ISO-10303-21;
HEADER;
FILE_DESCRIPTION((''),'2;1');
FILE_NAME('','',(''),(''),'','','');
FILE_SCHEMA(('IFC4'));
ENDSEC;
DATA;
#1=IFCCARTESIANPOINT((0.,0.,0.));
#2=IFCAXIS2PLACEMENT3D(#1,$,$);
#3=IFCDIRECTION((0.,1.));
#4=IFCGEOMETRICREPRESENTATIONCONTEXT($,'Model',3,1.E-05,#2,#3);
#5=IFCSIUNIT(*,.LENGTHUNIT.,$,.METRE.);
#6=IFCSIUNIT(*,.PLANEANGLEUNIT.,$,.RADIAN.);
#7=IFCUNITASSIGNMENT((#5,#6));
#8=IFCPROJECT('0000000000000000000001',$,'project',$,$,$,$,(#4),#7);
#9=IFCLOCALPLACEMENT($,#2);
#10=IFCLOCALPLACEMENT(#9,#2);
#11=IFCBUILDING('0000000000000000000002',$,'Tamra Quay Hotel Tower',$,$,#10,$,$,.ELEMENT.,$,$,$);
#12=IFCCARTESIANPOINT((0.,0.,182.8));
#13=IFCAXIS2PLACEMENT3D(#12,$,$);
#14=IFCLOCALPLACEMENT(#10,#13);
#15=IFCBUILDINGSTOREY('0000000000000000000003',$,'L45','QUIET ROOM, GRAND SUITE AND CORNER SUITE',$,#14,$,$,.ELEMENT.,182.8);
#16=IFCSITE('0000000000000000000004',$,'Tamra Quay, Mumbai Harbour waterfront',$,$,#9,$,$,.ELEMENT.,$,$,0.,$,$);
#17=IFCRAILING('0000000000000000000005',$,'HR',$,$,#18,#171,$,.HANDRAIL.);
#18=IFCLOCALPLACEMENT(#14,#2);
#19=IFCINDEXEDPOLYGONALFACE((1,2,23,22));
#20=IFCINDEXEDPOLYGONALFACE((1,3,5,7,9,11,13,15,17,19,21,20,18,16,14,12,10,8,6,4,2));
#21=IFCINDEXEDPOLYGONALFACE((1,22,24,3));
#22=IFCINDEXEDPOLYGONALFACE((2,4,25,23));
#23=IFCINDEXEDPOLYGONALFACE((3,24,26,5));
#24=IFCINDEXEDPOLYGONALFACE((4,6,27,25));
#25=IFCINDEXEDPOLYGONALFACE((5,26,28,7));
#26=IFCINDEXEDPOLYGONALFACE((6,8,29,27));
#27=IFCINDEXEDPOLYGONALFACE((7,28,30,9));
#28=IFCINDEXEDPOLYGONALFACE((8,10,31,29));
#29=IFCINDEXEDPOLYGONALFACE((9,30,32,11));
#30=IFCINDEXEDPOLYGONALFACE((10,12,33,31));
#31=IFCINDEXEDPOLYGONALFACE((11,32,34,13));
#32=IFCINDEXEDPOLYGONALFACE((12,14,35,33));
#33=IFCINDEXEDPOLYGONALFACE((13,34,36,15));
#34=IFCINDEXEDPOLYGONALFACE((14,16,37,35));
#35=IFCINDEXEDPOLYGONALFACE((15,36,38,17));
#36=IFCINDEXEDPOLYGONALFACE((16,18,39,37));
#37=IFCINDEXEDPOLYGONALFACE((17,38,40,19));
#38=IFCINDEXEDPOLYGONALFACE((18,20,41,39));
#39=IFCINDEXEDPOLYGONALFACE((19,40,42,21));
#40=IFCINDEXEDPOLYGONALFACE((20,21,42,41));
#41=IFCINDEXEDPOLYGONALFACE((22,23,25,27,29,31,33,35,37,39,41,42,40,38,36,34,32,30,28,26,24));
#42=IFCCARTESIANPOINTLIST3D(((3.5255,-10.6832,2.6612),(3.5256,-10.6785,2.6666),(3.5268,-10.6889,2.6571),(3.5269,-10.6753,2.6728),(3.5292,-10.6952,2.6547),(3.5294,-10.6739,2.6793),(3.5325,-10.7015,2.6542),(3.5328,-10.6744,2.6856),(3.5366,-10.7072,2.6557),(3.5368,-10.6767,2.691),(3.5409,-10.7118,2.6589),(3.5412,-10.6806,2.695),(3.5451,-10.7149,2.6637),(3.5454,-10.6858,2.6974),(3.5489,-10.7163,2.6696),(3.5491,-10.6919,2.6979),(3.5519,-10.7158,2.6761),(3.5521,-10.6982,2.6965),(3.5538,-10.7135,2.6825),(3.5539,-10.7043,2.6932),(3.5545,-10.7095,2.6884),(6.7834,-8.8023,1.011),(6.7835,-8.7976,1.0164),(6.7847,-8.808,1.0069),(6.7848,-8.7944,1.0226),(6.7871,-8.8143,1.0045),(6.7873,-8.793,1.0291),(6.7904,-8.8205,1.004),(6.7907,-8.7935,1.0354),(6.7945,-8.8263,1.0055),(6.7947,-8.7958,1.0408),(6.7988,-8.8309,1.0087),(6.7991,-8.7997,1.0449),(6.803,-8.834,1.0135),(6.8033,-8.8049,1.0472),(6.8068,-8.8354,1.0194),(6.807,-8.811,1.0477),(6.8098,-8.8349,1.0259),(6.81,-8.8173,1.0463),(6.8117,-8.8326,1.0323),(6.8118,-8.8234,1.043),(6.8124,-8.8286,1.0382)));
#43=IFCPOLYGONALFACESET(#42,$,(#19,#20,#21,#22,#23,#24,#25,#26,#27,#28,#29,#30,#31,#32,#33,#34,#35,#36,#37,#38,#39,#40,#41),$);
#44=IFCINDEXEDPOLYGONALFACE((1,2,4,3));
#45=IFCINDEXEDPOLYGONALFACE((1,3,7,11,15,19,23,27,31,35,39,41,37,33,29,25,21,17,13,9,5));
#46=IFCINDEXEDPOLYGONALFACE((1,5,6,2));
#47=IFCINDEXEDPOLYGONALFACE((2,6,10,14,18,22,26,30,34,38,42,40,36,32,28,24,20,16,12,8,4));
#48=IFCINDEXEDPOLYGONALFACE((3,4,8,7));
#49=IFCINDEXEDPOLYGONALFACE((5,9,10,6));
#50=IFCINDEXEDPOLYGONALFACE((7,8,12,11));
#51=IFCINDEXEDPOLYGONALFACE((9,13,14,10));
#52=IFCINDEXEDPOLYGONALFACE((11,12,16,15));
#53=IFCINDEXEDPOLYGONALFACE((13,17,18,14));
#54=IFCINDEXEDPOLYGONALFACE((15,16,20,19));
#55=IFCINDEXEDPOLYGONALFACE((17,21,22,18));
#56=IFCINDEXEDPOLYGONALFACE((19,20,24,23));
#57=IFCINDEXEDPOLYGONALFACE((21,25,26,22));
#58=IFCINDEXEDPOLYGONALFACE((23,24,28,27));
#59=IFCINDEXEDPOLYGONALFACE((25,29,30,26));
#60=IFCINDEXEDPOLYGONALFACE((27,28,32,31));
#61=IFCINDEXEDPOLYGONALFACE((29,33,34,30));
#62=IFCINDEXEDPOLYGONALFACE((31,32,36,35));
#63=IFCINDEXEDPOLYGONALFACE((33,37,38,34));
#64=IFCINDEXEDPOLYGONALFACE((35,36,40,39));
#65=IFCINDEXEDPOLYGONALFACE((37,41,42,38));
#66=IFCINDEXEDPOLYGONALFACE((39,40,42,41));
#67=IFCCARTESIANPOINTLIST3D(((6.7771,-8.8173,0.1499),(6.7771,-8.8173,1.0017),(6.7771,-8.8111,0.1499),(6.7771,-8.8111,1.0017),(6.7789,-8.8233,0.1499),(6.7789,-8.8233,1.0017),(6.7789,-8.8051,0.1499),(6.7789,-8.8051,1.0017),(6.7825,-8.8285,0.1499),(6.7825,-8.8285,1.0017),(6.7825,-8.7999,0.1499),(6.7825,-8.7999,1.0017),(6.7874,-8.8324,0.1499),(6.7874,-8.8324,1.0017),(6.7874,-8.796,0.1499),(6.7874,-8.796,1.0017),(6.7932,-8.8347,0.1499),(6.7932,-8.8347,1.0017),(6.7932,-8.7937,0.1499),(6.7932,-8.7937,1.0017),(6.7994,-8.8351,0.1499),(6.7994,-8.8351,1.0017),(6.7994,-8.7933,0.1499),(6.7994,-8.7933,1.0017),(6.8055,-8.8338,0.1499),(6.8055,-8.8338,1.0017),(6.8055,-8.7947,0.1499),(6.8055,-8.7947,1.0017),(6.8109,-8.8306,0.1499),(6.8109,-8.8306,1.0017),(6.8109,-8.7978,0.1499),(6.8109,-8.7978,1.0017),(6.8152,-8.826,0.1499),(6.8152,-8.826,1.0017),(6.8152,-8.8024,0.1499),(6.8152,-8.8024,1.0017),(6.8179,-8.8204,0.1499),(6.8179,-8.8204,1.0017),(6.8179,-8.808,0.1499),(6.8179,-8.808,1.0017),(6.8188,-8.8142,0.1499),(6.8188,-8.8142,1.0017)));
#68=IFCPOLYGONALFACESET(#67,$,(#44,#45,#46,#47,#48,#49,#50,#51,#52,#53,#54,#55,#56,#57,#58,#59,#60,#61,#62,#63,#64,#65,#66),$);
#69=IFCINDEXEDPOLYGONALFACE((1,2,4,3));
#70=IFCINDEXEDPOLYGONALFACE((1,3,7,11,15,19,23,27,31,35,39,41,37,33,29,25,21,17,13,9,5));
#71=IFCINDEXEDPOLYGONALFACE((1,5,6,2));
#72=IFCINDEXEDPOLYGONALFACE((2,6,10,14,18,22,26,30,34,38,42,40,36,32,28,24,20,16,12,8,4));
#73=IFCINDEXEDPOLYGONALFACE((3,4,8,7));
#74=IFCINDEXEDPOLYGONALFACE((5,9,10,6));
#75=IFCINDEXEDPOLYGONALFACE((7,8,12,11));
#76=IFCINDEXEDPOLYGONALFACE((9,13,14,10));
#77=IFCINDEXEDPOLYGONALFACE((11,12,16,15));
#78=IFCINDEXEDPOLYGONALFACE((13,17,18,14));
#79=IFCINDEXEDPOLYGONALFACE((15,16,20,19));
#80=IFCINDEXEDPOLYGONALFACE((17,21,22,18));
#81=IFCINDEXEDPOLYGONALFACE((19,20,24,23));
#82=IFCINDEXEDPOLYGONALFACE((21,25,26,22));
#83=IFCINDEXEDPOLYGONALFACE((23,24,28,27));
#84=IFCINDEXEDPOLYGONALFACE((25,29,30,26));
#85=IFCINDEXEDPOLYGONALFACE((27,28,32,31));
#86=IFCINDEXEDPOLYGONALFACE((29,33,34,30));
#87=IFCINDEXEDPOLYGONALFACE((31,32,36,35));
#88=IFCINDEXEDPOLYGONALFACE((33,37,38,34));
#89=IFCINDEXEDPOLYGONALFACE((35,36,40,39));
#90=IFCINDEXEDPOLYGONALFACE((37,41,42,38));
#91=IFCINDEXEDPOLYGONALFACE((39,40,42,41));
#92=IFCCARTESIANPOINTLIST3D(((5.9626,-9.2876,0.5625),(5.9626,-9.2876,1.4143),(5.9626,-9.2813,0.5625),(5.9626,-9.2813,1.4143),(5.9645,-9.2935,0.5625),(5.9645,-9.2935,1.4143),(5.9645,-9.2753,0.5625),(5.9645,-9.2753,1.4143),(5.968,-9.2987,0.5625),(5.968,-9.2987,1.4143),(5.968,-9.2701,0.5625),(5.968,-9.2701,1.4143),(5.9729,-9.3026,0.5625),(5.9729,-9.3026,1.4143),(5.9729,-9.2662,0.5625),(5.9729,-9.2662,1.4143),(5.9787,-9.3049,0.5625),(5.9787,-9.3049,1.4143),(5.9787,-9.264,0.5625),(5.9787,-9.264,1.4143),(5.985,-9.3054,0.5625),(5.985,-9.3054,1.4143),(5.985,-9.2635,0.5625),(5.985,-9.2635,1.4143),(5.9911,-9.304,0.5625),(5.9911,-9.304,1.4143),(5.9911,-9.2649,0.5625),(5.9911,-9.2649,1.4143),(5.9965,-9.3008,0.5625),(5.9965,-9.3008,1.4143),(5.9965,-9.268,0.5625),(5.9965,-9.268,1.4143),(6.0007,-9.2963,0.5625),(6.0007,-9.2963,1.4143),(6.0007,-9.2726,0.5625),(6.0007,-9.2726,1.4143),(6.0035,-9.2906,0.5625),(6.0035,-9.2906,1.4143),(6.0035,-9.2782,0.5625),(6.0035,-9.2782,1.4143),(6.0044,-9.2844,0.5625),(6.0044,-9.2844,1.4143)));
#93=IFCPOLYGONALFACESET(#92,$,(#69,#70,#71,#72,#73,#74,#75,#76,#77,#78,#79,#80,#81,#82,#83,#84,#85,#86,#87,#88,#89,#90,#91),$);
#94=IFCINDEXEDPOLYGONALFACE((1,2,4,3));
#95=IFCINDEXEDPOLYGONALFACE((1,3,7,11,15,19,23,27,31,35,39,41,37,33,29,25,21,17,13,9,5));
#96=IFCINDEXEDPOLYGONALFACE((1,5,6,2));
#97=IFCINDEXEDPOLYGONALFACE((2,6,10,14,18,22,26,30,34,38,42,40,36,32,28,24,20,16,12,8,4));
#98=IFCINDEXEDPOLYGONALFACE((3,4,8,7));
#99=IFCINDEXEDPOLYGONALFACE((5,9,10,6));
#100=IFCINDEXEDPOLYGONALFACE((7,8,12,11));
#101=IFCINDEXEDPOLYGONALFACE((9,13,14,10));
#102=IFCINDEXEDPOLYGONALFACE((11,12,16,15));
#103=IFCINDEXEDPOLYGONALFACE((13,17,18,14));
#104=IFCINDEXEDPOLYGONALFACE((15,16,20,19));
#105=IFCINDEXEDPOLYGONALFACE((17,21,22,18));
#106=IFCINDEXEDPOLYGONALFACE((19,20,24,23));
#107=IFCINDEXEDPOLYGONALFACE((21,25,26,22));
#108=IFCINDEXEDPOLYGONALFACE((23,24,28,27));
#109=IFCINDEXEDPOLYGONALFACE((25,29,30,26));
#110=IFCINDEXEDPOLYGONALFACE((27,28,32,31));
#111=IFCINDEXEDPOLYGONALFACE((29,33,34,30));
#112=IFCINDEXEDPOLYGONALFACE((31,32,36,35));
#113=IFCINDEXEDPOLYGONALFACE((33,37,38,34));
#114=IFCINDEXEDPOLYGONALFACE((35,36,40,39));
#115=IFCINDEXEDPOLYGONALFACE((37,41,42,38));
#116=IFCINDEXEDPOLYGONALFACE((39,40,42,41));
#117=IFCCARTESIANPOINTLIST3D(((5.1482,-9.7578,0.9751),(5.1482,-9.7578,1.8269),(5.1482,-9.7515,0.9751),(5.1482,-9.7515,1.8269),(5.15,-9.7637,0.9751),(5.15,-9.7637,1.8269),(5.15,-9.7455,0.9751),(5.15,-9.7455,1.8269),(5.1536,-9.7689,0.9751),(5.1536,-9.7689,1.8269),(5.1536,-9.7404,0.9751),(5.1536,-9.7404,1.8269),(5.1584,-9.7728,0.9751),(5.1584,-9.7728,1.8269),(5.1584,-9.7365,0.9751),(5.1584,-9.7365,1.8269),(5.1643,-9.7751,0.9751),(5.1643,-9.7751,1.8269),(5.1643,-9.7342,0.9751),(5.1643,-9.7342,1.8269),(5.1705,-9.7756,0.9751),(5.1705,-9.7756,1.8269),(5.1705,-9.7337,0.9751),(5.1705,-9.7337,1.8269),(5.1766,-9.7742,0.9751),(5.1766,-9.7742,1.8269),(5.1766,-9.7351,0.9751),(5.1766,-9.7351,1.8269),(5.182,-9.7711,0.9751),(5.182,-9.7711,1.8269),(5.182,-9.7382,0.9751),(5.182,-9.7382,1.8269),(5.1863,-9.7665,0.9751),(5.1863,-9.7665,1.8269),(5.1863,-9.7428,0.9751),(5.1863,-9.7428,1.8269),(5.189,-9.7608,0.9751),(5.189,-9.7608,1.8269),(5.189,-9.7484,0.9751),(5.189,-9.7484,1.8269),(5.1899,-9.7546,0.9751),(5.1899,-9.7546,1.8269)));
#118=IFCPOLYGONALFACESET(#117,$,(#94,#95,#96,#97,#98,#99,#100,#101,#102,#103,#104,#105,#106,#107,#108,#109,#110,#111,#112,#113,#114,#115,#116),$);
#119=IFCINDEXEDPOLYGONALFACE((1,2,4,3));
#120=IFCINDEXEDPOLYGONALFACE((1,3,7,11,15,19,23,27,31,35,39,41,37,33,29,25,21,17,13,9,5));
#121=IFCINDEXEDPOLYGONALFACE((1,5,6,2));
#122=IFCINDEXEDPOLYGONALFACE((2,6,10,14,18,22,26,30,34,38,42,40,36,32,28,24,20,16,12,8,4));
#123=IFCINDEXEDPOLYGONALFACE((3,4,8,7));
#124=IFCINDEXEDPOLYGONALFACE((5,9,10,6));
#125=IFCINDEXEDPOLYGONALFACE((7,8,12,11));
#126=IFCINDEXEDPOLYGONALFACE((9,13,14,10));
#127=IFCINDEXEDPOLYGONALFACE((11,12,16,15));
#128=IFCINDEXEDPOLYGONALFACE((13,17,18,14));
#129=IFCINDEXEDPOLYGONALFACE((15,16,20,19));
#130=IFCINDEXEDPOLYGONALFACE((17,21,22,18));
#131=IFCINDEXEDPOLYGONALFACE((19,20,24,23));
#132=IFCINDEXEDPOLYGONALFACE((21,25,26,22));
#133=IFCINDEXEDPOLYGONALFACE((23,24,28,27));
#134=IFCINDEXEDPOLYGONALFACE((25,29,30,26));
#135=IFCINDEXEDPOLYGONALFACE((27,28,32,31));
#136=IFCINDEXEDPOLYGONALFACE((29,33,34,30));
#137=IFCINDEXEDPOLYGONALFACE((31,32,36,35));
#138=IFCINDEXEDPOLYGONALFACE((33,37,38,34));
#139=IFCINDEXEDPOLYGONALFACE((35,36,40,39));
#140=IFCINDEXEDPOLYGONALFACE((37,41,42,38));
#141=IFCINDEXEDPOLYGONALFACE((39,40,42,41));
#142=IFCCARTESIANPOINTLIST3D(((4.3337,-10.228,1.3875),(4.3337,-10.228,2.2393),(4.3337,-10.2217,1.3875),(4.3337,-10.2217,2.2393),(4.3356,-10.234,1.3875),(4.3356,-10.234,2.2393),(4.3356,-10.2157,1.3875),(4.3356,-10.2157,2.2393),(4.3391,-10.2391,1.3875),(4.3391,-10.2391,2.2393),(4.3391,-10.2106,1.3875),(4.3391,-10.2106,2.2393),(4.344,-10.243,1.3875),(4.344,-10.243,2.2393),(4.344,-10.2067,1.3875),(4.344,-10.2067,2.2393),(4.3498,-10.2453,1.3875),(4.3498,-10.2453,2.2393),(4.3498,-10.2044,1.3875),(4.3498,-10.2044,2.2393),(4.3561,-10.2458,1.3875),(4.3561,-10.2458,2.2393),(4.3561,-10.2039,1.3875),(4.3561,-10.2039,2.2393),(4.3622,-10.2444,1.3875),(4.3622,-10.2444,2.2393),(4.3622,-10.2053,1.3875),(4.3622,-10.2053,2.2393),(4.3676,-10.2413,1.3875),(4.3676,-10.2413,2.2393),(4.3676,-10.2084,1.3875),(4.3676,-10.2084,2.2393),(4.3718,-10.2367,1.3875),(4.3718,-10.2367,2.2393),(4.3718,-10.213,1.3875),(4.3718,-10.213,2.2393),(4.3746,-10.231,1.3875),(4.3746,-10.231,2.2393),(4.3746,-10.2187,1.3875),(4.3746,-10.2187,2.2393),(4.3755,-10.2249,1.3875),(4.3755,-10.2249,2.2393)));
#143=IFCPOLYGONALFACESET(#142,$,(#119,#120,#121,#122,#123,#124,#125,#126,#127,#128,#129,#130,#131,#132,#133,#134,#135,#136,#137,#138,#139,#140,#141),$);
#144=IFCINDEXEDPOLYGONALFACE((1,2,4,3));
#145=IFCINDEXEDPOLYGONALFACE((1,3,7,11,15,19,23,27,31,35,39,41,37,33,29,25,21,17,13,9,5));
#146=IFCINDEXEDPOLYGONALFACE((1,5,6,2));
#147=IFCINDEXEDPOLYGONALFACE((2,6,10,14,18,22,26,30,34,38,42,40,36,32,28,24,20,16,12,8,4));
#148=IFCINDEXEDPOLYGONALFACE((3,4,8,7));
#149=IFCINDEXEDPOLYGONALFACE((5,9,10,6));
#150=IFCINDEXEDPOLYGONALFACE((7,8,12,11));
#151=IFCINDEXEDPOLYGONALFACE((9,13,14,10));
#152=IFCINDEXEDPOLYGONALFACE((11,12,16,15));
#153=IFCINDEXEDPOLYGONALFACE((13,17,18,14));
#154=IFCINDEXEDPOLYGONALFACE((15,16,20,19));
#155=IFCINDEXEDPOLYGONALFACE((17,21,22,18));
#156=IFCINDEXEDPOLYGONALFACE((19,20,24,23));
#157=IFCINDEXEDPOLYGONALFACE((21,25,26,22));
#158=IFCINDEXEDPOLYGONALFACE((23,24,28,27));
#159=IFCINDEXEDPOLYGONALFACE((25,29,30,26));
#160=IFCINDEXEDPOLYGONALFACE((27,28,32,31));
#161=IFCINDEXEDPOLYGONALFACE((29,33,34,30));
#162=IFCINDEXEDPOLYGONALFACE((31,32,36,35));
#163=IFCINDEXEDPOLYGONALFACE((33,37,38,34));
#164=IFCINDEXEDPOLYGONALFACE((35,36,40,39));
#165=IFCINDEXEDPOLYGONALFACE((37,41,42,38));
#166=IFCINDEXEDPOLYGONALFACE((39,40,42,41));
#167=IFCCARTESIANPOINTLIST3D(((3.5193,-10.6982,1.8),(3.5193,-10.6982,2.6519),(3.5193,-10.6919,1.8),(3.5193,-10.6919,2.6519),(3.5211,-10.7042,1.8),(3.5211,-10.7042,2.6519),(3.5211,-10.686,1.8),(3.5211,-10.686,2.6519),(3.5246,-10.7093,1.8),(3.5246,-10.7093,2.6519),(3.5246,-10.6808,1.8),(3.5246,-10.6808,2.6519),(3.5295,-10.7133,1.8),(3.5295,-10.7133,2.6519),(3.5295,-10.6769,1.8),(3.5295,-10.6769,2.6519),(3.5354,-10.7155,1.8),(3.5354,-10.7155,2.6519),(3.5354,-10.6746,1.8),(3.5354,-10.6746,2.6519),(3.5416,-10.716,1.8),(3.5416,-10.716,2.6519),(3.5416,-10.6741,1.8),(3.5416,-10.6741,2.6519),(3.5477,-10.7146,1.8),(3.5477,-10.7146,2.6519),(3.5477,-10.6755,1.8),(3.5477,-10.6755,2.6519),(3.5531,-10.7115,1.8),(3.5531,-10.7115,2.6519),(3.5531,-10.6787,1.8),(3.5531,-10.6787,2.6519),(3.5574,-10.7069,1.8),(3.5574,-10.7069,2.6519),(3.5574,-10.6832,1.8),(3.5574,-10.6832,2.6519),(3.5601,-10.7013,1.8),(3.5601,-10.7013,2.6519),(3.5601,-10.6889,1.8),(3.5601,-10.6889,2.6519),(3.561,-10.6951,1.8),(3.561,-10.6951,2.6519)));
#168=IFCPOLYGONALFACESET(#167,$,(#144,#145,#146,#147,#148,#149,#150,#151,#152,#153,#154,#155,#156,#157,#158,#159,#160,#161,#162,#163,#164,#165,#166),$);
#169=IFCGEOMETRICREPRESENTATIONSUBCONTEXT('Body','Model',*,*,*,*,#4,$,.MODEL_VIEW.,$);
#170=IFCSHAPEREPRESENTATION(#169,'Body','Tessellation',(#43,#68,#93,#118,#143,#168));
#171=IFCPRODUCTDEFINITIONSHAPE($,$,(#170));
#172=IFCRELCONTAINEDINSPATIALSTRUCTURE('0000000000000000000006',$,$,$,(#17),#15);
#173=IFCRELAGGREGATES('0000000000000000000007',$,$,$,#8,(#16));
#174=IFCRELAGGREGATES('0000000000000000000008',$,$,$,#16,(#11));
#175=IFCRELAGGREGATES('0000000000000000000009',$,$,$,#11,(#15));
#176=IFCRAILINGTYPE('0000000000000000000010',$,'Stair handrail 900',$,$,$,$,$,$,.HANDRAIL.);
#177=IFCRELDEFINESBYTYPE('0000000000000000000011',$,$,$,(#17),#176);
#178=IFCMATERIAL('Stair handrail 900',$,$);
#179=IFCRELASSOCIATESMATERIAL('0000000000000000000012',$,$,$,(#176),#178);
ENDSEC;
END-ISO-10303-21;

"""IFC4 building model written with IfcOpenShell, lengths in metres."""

from ifc_helpers import new_model, si_unit, direction, frame, origin, origin_2d, place, context, subcontext, project, spatial, circle, extrude, material, type_object, element, save


model = new_model("IFC4")

# Units and contexts
model_context = context("Model", 3, precision=1e-05, world=origin(), true_north=direction((0.0, 1.0)))
body_context = subcontext(model_context, "Body", "Model", "MODEL_VIEW")
ifc_project = project(units=[si_unit("LENGTHUNIT", "METRE"), si_unit("PLANEANGLEUNIT", "RADIAN")], contexts=[model_context])

# Site, building, storey
site_placement = place(None, origin())
site = spatial("IfcSite", under=ifc_project, at=site_placement, Name="Tamra Quay, Mumbai Harbour waterfront", CompositionType="ELEMENT", RefElevation=0.0)
building_placement = place(site_placement, origin())
building = spatial("IfcBuilding", under=site, at=building_placement, Name="Tamra Quay Hotel Tower", CompositionType="ELEMENT")
storey_placement = place(building_placement, frame((0.0, 0.0, 182.8)))
storey = spatial("IfcBuildingStorey", under=building, at=storey_placement, Name="L45", Description="QUIET ROOM, GRAND SUITE AND CORNER SUITE", CompositionType="ELEMENT", Elevation=182.8)

# Railing
ifc_material_1 = material(Name="Stair handrail 900")
railing_type_1 = type_object("IfcRailingType", Name="Stair handrail 900", PredefinedType="HANDRAIL", material=ifc_material_1)
railing_1_placement = place(storey_placement, frame((6.7979, -8.8142, 0.1499)))
element("IfcRailing", 1, at=railing_1_placement, inside=storey, type_object=railing_type_1, Name="HR", PredefinedType="HANDRAIL", context=body_context, shape_type="SweptSolid", body=[
    extrude(circle(Radius=0.0239, at=origin_2d()), frame((0.0, 0.0, 0.876), z_axis=(-0.793081, -0.457876, 0.401711), x_axis=(0.499992, -0.86603, 0.0)), (0.0, 0.0, 1.0), 4.1079),
    extrude(circle(Radius=0.021, at=origin_2d()), origin(), (0.0, 0.0, 1.0), 0.8518),
    extrude(circle(Radius=0.021, at=origin_2d()), frame((-0.8145, -0.4702, 0.4126)), (0.0, 0.0, 1.0), 0.8518),
    extrude(circle(Radius=0.021, at=origin_2d()), frame((-1.6289, -0.9404, 0.8252)), (0.0, 0.0, 1.0), 0.8518),
    extrude(circle(Radius=0.021, at=origin_2d()), frame((-2.4434, -1.4106, 1.2375)), (0.0, 0.0, 1.0), 0.8518),
    extrude(circle(Radius=0.021, at=origin_2d()), frame((-3.2578, -1.8809, 1.6501)), (0.0, 0.0, 1.0), 0.8518),
])

save(model, "model.ifc")
